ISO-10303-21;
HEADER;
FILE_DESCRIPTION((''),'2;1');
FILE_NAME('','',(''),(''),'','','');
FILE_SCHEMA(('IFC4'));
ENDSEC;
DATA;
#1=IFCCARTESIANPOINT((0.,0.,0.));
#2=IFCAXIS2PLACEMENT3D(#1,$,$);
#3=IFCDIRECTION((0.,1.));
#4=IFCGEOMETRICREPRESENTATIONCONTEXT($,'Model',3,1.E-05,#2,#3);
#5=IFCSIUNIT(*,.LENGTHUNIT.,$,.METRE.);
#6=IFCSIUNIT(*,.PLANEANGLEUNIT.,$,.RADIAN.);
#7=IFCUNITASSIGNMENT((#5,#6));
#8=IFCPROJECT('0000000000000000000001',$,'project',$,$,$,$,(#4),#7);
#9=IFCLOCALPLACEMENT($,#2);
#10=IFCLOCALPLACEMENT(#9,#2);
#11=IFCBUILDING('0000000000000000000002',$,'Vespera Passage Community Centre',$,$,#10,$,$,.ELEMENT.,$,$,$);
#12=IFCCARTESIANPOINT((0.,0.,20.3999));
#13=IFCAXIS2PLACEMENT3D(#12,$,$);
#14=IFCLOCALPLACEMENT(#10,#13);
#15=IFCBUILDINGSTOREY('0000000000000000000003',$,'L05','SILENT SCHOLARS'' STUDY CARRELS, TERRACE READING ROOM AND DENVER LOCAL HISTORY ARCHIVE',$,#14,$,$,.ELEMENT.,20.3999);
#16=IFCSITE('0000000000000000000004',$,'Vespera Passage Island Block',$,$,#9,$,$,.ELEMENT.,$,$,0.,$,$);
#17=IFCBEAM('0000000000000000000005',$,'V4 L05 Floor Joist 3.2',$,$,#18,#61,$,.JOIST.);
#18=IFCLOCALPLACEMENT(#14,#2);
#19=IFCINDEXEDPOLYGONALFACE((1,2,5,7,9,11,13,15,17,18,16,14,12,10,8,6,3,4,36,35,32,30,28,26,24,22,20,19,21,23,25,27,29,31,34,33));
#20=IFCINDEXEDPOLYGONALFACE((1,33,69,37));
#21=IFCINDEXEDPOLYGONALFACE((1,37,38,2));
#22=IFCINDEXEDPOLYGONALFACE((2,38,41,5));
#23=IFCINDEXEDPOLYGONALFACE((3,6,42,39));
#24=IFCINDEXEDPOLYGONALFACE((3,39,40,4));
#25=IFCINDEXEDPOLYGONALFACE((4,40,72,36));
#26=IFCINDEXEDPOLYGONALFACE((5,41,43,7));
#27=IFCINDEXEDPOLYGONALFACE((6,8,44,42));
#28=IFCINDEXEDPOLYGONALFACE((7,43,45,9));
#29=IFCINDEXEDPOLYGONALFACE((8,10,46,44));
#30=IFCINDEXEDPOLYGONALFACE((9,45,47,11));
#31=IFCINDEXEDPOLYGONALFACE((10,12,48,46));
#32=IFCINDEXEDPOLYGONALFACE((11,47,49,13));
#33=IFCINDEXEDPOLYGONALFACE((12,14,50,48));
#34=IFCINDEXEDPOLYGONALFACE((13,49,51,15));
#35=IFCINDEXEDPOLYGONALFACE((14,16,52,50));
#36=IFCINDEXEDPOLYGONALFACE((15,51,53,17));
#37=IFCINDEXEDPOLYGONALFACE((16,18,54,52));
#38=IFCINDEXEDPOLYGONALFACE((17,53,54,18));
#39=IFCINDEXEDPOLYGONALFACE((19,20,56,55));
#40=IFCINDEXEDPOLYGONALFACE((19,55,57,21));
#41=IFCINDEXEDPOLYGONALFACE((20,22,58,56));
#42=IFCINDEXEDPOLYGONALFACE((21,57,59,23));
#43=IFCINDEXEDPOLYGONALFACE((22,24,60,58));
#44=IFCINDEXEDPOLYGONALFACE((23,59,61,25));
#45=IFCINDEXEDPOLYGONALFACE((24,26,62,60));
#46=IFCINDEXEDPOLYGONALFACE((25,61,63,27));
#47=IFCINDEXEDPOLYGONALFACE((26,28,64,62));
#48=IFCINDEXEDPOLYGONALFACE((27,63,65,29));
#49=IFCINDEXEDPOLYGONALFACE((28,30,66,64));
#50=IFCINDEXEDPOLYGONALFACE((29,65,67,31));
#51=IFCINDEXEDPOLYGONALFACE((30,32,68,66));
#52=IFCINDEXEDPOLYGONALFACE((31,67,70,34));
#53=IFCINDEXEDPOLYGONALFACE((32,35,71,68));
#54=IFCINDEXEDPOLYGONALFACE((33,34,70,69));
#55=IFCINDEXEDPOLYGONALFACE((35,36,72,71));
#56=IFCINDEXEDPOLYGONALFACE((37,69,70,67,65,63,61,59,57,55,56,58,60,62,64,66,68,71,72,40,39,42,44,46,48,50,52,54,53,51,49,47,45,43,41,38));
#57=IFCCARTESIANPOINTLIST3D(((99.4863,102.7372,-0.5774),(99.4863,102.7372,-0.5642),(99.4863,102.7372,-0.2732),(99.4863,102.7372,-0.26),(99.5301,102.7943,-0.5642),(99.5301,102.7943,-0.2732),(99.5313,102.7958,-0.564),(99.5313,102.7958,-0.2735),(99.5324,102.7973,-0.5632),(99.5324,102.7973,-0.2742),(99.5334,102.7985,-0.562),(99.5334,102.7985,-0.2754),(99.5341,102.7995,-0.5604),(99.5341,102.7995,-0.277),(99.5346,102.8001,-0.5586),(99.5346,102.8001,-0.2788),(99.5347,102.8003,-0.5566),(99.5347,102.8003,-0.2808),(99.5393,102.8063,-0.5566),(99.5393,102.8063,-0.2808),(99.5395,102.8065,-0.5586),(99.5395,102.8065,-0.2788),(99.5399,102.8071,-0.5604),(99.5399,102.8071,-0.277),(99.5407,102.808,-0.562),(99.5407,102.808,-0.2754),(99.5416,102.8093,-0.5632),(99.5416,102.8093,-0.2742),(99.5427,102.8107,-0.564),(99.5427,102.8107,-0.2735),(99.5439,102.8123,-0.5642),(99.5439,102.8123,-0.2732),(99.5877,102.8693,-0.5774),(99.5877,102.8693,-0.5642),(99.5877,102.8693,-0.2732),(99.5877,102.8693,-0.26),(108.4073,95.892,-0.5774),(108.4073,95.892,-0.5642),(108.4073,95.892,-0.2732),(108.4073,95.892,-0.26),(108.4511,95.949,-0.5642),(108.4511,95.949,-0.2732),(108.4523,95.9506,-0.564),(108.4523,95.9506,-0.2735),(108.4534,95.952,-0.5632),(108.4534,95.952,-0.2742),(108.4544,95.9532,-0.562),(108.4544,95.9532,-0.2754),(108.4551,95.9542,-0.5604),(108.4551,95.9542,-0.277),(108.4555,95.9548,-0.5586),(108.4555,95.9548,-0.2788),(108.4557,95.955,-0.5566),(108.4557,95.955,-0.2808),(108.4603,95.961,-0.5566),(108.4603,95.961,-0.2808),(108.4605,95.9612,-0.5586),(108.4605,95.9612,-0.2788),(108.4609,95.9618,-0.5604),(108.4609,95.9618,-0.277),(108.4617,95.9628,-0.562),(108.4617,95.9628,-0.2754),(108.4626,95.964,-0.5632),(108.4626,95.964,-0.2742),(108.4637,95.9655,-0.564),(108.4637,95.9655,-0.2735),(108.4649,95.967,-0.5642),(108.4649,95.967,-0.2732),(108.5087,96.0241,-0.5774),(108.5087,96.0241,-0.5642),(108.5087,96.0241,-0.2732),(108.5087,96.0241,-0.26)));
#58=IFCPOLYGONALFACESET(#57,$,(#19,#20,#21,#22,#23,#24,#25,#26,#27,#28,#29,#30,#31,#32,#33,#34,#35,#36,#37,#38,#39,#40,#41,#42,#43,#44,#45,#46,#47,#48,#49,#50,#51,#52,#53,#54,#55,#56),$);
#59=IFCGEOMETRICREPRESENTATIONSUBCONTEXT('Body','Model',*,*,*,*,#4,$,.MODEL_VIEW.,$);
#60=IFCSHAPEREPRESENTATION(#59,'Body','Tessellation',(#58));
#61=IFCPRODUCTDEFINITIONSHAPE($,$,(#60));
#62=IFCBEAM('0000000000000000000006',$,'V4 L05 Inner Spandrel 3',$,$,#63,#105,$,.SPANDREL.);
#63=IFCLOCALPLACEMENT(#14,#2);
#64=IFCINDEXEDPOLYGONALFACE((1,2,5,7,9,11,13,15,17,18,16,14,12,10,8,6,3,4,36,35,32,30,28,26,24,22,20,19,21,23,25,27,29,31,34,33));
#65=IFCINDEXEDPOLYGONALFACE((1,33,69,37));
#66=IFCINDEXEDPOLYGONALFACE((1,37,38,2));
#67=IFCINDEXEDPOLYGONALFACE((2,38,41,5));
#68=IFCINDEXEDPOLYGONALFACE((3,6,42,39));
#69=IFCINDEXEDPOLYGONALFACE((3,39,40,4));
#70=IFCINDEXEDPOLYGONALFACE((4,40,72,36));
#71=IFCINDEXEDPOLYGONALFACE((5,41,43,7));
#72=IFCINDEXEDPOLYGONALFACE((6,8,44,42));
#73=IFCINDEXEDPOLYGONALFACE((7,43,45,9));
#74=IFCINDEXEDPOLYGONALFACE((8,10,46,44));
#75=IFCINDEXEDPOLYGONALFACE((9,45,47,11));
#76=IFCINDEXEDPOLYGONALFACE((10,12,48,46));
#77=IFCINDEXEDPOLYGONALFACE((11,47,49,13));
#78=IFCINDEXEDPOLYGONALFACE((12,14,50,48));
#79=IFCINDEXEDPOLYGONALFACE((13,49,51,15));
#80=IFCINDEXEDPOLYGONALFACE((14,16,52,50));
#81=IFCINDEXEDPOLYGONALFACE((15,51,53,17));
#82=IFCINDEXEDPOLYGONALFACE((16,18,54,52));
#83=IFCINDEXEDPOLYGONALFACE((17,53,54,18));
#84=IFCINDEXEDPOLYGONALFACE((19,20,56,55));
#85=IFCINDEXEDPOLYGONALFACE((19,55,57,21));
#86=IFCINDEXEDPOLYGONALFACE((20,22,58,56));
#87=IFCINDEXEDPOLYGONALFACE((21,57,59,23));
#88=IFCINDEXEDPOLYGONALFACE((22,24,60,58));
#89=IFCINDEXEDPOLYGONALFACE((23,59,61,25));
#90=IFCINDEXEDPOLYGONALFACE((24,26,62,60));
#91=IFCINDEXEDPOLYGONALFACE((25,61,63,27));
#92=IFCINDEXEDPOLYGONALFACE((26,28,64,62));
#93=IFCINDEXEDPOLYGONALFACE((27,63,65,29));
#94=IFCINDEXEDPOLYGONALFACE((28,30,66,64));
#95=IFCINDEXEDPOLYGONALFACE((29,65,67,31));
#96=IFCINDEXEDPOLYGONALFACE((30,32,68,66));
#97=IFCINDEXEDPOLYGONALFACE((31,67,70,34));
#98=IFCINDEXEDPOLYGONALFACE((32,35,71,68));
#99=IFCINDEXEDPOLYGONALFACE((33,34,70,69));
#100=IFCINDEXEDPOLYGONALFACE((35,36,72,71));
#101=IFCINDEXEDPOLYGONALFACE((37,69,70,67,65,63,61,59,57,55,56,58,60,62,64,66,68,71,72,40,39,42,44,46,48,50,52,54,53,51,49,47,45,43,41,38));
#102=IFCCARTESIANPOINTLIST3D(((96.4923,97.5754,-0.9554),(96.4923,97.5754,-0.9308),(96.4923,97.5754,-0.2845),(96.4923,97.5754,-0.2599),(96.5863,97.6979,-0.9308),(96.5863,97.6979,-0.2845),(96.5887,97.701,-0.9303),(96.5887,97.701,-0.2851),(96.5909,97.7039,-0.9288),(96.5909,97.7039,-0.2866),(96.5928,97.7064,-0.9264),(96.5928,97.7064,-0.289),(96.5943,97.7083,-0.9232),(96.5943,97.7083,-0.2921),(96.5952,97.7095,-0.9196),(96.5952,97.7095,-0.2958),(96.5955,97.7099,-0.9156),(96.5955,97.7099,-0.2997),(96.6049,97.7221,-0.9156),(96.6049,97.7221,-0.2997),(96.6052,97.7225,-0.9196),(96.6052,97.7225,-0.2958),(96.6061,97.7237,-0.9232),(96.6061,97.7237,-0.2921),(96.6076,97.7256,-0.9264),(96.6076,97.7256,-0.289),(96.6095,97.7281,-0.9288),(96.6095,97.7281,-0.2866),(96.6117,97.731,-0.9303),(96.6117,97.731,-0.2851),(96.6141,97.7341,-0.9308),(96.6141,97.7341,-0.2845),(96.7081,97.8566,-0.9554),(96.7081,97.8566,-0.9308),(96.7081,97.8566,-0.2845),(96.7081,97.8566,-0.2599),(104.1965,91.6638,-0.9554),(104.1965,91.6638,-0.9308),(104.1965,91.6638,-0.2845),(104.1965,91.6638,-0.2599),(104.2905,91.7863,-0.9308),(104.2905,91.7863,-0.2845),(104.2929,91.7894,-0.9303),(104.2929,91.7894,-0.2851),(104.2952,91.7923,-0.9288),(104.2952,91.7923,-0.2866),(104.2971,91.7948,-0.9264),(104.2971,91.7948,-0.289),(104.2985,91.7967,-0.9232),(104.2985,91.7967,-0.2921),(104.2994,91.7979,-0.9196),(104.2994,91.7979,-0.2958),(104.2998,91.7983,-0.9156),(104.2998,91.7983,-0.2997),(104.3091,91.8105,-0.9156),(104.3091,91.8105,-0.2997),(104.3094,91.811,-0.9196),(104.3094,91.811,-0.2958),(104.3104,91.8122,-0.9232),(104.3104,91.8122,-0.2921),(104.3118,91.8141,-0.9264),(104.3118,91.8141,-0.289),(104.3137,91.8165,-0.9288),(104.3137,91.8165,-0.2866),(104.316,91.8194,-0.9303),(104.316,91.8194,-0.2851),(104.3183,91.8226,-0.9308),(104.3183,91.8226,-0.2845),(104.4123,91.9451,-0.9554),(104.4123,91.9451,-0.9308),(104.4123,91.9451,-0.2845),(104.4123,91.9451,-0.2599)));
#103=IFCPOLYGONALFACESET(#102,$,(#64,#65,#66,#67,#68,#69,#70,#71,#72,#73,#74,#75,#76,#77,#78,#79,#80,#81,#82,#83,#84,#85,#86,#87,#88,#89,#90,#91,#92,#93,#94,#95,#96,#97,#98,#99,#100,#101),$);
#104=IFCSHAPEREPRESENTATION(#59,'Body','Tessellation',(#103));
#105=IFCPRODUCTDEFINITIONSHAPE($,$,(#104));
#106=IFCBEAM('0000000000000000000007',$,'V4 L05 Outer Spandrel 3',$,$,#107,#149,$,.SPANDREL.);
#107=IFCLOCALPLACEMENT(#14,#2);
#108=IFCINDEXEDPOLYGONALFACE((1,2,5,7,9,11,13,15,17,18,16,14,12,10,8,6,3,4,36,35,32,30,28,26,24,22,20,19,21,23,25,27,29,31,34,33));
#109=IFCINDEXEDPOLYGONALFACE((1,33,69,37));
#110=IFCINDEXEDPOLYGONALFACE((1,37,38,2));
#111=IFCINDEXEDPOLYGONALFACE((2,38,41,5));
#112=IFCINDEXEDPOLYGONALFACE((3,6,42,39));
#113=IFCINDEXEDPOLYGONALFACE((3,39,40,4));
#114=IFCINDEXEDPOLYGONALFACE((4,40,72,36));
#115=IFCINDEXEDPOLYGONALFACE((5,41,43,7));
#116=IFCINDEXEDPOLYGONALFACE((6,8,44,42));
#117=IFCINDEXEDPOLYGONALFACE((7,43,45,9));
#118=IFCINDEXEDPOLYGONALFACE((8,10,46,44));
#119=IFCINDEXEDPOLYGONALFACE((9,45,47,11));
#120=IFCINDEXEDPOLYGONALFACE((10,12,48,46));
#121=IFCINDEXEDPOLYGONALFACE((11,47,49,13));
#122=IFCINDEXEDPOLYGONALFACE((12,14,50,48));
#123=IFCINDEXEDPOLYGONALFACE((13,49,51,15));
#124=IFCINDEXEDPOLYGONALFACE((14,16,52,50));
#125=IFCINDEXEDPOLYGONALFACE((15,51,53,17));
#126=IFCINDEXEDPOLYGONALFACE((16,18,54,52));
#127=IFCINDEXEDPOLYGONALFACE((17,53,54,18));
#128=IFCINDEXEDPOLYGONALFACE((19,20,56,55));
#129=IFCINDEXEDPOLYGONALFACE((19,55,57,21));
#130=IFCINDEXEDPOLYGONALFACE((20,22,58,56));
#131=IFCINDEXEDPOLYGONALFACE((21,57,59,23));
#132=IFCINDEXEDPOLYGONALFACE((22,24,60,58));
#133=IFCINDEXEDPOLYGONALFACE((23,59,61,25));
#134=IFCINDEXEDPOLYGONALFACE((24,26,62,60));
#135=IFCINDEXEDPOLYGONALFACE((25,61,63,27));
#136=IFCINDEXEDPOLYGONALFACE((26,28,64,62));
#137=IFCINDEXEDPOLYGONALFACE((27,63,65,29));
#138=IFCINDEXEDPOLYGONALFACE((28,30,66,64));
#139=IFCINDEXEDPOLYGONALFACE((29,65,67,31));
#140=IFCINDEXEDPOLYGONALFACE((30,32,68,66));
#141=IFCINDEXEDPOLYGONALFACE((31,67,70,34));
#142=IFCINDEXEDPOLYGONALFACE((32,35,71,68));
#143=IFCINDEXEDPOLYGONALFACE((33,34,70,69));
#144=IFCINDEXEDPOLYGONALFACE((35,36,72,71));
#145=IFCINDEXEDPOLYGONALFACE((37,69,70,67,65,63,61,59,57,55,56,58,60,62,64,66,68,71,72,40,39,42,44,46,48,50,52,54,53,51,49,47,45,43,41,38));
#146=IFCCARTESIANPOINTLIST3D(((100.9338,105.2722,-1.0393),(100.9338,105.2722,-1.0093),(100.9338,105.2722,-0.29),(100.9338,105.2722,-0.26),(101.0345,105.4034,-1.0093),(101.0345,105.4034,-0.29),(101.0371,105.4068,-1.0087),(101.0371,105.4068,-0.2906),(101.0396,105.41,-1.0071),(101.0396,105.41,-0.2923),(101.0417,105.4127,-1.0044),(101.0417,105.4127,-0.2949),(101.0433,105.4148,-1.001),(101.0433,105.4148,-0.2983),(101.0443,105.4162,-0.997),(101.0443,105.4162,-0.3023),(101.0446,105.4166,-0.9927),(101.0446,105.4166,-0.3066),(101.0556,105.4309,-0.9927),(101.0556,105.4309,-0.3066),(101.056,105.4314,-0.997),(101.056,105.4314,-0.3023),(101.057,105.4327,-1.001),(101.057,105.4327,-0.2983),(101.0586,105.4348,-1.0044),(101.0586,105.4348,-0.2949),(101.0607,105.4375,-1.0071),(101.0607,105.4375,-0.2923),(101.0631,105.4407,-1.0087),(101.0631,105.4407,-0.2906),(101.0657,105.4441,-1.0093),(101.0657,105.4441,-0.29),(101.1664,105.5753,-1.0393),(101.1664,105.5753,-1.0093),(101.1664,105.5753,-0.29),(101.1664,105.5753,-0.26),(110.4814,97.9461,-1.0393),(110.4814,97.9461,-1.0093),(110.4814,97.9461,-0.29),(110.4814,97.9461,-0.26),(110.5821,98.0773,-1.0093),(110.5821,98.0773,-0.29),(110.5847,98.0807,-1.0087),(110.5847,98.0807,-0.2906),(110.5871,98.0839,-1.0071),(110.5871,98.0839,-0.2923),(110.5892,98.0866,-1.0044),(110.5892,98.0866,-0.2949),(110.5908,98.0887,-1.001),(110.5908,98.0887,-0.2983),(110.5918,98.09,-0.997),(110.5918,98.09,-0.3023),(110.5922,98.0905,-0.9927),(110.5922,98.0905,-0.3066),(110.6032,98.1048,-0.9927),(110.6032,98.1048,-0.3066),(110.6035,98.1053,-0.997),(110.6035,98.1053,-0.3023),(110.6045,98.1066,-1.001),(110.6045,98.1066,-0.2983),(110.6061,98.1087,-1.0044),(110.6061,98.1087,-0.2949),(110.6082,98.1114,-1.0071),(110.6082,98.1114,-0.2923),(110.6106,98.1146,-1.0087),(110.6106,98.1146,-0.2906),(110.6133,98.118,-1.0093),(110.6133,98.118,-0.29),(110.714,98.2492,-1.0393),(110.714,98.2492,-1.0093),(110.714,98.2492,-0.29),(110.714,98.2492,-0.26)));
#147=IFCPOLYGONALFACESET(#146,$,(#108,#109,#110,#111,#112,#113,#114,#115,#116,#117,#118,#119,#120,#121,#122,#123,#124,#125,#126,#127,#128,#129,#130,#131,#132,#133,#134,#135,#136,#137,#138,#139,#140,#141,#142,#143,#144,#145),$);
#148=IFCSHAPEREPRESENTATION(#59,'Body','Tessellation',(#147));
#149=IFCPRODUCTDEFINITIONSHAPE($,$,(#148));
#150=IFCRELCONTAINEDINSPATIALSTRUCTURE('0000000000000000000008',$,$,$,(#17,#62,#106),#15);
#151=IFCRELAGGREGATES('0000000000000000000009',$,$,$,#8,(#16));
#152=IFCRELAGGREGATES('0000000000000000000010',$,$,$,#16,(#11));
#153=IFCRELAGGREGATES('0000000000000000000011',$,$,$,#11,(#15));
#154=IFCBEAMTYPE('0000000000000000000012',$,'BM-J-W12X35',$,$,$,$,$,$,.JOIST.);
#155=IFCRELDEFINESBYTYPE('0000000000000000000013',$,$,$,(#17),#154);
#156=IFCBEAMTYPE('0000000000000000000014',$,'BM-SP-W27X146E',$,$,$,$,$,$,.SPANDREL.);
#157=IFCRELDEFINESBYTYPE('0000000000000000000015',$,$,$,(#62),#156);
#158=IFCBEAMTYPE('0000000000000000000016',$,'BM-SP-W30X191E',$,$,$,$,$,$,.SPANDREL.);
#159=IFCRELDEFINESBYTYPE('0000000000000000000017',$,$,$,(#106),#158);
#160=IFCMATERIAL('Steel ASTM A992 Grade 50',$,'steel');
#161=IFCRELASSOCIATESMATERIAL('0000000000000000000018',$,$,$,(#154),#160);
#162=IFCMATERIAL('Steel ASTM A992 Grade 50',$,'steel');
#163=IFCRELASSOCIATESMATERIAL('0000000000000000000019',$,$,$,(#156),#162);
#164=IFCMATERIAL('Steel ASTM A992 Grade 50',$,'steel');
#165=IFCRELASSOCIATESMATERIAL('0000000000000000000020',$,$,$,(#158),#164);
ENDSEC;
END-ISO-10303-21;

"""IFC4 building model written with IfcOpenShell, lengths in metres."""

from ifc_helpers import new_model, si_unit, direction, frame, origin, origin_2d, place, context, subcontext, project, spatial, i_section, extrude, material, material_profile, profile_set, type_object, element, save


model = new_model("IFC4")

# Units and contexts
model_context = context("Model", 3, precision=1e-05, world=origin(), true_north=direction((0.0, 1.0)))
body_context = subcontext(model_context, "Body", "Model", "MODEL_VIEW")
ifc_project = project(units=[si_unit("LENGTHUNIT", "METRE"), si_unit("PLANEANGLEUNIT", "RADIAN")], contexts=[model_context])

# Site, building, storey
site_placement = place(None, origin())
site = spatial("IfcSite", under=ifc_project, at=site_placement, Name="Vespera Passage Island Block", CompositionType="ELEMENT", RefElevation=0.0)
building_placement = place(site_placement, origin())
building = spatial("IfcBuilding", under=site, at=building_placement, Name="Vespera Passage Community Centre", CompositionType="ELEMENT")
storey_placement = place(building_placement, frame((0.0, 0.0, 20.3999)))
storey = spatial("IfcBuildingStorey", under=building, at=storey_placement, Name="L05", Description="SILENT SCHOLARS' STUDY CARRELS, TERRACE READING ROOM AND DENVER LOCAL HISTORY ARCHIVE", CompositionType="ELEMENT", Elevation=20.3999)

# Beams
ifc_material_1 = material(Name="Steel ASTM A992 Grade 50", Category="steel")
ifc_material_profile_1 = material_profile(ifc_material_1, i_section(OverallWidth=0.1665, OverallDepth=0.3174, WebThickness=0.0076, FlangeThickness=0.0132, FilletRadius=0.0076, at=origin_2d()), Name="W12X35")
ifc_profile_set_1 = profile_set([ifc_material_profile_1], Name="Steel ASTM A992 Grade 50")
beam_type_1 = type_object("IfcBeamType", Name="BM-J-W12X35", PredefinedType="JOIST", material=ifc_profile_set_1)
beam_1_placement = place(storey_placement, frame((108.458, 95.958, -0.4187), z_axis=(-0.793355, 0.60876, 0.0), x_axis=(-0.60876, -0.793355, 0.0)))
element("IfcBeam", 1, at=beam_1_placement, inside=storey, type_object=beam_type_1, Name="V4 L05 Floor Joist 3.2", PredefinedType="JOIST", context=body_context, shape_type="SweptSolid", body=[
    extrude(i_section(OverallWidth=0.1665, OverallDepth=0.3174, WebThickness=0.0076, FlangeThickness=0.0132, FilletRadius=0.0076, at=origin_2d()), origin(), (0.0, 0.0, 1.0), 11.2446),
])
ifc_material_2 = material(Name="Steel ASTM A992 Grade 50", Category="steel")
ifc_material_profile_2 = material_profile(ifc_material_2, i_section(OverallWidth=0.3545, OverallDepth=0.6956, WebThickness=0.0154, FlangeThickness=0.0247, FilletRadius=0.0151, at=origin_2d()), Name="W27X146")
ifc_profile_set_2 = profile_set([ifc_material_profile_2], Name="Steel ASTM A992 Grade 50")
beam_type_2 = type_object("IfcBeamType", Name="BM-SP-W27X146E", PredefinedType="SPANDREL", material=ifc_profile_set_2)
beam_2_placement = place(storey_placement, frame((104.3044, 91.8044, -0.6077), z_axis=(-0.79336, 0.608753, 0.0), x_axis=(-0.608753, -0.79336, 0.0)))
element("IfcBeam", 2, at=beam_2_placement, inside=storey, type_object=beam_type_2, Name="V4 L05 Inner Spandrel 3", PredefinedType="SPANDREL", context=body_context, shape_type="SweptSolid", body=[
    extrude(i_section(OverallWidth=0.3545, OverallDepth=0.6956, WebThickness=0.0154, FlangeThickness=0.0247, FilletRadius=0.0151, at=origin_2d()), origin(), (0.0, 0.0, 1.0), 9.7109),
])
ifc_material_3 = material(Name="Steel ASTM A992 Grade 50", Category="steel")
ifc_material_profile_3 = material_profile(ifc_material_3, i_section(OverallWidth=0.3821, OverallDepth=0.7793, WebThickness=0.0181, FlangeThickness=0.03, FilletRadius=0.0166, at=origin_2d()), Name="W30X191")
ifc_profile_set_3 = profile_set([ifc_material_profile_3], Name="Steel ASTM A992 Grade 50")
beam_type_3 = type_object("IfcBeamType", Name="BM-SP-W30X191E", PredefinedType="SPANDREL", material=ifc_profile_set_3)
beam_3_placement = place(storey_placement, frame((110.5977, 98.0977, -0.6497), z_axis=(-0.793352, 0.608763, 0.0), x_axis=(-0.608763, -0.793352, 0.0)))
element("IfcBeam", 3, at=beam_3_placement, inside=storey, type_object=beam_type_3, Name="V4 L05 Outer Spandrel 3", PredefinedType="SPANDREL", context=body_context, shape_type="SweptSolid", body=[
    extrude(i_section(OverallWidth=0.3821, OverallDepth=0.7793, WebThickness=0.0181, FlangeThickness=0.03, FilletRadius=0.0166, at=origin_2d()), origin(), (0.0, 0.0, 1.0), 12.0344),
])

save(model, "model.ifc")
